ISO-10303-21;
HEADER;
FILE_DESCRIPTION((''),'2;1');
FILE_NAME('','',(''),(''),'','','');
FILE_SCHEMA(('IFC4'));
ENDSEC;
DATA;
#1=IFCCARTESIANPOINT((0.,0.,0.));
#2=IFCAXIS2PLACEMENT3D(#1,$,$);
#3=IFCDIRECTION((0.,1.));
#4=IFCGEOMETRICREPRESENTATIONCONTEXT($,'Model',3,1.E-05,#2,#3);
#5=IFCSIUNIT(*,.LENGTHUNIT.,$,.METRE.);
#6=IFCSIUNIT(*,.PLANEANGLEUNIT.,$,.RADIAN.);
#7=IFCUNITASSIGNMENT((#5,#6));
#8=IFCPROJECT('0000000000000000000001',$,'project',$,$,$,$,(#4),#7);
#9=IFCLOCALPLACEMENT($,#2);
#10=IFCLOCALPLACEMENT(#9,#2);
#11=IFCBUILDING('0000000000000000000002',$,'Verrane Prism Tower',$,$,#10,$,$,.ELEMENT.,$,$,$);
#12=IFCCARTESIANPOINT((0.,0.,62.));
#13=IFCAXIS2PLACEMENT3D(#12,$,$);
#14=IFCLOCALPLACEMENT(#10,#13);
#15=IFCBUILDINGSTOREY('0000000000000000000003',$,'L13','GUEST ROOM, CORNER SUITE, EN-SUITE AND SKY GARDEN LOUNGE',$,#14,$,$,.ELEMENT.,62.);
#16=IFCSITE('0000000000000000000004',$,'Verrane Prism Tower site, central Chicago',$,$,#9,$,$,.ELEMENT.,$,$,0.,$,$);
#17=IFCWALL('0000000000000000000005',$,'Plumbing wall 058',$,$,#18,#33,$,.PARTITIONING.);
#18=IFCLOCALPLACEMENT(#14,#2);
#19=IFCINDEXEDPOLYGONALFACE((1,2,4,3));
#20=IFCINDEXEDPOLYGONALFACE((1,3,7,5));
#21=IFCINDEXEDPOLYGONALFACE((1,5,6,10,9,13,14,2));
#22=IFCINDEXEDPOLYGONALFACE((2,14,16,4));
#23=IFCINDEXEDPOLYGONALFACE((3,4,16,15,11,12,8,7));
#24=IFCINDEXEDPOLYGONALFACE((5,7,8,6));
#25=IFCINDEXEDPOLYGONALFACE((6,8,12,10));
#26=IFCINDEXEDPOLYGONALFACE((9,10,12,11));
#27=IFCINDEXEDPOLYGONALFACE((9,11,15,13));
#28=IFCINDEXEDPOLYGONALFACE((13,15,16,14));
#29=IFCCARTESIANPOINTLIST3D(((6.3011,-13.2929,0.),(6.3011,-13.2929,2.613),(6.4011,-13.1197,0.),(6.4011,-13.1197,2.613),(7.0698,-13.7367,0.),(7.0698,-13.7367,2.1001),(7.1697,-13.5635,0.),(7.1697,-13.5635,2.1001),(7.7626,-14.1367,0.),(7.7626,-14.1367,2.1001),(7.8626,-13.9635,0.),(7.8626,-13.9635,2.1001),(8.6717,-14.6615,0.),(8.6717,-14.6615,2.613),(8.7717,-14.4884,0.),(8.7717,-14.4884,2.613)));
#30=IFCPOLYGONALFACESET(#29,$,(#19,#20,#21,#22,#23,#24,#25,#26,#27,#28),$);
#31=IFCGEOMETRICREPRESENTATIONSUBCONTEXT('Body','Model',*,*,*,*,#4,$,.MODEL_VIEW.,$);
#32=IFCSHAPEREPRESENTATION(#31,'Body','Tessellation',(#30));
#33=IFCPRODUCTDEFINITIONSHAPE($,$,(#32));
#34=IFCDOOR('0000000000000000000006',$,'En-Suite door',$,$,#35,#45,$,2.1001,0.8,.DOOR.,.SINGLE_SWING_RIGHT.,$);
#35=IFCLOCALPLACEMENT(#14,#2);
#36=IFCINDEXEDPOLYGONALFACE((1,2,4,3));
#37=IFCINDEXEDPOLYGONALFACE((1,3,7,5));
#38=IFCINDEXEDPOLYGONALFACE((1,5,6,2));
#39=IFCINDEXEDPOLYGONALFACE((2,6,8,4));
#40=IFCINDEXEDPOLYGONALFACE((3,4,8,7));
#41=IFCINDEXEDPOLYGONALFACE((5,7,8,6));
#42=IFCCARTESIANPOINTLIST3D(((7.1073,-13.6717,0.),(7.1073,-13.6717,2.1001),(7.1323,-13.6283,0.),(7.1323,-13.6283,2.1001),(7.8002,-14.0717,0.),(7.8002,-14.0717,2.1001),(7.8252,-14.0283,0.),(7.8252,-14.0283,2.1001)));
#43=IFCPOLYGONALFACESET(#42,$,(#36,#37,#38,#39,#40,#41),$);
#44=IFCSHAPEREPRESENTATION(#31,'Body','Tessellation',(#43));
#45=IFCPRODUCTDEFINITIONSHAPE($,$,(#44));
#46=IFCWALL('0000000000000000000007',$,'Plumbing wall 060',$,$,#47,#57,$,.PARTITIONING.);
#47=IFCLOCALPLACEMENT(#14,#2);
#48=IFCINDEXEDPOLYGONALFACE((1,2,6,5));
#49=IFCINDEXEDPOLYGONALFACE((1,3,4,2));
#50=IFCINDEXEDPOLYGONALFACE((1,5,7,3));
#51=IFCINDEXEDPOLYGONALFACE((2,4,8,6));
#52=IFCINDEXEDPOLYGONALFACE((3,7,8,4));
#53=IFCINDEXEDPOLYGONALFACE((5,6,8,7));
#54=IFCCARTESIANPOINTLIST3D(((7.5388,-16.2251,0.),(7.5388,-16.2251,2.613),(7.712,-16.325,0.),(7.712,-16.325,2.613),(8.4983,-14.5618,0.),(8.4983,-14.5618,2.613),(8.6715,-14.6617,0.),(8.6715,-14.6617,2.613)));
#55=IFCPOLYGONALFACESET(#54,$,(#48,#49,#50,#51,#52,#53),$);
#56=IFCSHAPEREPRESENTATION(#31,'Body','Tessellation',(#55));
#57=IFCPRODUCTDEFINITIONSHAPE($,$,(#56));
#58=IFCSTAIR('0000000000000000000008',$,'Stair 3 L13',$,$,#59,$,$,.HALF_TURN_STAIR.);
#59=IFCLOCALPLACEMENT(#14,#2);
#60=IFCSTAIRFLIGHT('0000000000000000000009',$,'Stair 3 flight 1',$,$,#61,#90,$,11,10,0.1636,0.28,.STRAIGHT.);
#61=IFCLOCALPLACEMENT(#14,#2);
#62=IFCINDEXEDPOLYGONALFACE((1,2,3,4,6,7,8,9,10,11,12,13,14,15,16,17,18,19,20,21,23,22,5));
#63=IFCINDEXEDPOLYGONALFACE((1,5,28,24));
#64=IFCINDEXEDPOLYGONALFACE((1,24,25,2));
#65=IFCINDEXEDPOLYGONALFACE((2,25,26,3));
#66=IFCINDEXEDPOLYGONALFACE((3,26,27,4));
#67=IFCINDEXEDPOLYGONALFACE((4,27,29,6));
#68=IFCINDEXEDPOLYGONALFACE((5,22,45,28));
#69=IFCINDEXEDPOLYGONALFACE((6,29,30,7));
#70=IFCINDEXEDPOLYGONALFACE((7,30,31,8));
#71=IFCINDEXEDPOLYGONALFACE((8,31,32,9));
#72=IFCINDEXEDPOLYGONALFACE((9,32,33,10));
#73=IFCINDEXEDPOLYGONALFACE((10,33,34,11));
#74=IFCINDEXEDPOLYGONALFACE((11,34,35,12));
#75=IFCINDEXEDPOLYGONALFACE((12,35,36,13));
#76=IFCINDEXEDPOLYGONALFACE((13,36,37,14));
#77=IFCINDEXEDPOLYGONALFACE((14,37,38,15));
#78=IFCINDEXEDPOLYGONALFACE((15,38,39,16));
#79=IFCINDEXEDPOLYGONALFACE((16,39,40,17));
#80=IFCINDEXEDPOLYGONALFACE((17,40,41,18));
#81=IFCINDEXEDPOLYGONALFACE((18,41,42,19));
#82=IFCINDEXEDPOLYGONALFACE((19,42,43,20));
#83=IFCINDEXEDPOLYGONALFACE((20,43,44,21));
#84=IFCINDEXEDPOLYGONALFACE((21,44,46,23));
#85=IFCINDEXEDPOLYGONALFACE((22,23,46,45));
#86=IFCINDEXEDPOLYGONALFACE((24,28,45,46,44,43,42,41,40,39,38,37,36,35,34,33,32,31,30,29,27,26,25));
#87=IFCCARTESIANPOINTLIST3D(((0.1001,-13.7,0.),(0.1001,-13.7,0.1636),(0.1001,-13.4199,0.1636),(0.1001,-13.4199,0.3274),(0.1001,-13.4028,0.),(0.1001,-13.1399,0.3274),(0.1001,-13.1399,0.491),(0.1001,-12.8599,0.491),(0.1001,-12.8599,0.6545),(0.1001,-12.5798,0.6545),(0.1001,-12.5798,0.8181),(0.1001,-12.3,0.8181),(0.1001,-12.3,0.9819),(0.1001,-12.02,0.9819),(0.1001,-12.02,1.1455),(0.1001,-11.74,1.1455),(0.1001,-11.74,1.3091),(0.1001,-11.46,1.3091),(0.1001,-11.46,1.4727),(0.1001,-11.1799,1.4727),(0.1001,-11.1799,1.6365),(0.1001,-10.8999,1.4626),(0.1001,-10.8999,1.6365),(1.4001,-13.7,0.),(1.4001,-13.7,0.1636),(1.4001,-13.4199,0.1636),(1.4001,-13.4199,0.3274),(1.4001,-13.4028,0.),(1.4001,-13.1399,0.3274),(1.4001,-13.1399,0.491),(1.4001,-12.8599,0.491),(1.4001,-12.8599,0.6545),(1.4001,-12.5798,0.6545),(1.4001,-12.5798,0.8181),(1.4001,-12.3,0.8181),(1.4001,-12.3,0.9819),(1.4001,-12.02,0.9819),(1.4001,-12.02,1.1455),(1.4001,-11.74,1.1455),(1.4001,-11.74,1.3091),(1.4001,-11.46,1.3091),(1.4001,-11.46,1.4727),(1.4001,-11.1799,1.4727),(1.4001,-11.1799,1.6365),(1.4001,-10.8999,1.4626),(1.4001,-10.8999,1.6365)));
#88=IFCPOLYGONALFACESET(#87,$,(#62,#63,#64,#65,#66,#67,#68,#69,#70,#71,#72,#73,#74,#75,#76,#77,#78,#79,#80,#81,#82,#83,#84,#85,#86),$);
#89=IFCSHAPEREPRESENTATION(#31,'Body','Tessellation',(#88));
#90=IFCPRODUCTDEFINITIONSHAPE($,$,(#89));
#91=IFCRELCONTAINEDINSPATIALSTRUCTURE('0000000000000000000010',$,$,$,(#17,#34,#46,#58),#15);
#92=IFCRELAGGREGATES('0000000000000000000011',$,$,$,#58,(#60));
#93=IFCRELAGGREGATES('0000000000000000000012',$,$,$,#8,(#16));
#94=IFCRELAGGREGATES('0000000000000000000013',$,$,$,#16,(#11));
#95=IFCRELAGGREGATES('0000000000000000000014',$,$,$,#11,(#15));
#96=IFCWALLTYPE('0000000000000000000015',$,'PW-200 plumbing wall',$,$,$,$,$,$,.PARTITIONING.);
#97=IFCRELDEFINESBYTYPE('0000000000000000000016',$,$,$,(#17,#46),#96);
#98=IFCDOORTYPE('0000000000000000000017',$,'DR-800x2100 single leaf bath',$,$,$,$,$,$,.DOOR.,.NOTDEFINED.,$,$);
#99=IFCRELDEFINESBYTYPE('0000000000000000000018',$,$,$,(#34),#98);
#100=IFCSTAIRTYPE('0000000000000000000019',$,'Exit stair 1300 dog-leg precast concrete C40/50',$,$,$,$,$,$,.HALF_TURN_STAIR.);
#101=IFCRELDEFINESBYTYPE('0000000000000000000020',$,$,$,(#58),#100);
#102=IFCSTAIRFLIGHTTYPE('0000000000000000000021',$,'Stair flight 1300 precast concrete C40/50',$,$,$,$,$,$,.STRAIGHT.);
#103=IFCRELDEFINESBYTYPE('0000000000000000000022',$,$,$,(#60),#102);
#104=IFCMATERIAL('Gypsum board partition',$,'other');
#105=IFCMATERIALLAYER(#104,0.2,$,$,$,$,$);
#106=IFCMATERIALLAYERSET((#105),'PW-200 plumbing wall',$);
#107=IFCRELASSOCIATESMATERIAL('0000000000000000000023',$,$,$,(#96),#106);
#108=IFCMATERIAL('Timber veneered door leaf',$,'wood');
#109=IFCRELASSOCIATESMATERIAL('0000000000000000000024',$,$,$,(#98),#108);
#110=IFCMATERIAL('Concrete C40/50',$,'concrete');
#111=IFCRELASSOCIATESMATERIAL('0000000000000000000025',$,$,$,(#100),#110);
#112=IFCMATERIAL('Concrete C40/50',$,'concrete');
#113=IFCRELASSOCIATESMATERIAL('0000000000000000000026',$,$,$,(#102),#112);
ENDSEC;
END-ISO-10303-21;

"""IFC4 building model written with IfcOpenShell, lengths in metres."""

from ifc_helpers import new_model, si_unit, direction, frame, frame_2d, origin, place, context, subcontext, project, spatial, polyline, rectangle, outline, extrude, material, layer, layer_set, type_object, element, fill, aggregate, save


model = new_model("IFC4")

# Units and contexts
model_context = context("Model", 3, precision=1e-05, world=origin(), true_north=direction((0.0, 1.0)))
body_context = subcontext(model_context, "Body", "Model", "MODEL_VIEW")
ifc_project = project(units=[si_unit("LENGTHUNIT", "METRE"), si_unit("PLANEANGLEUNIT", "RADIAN")], contexts=[model_context])

# Site, building, storey
site_placement = place(None, origin())
site = spatial("IfcSite", under=ifc_project, at=site_placement, Name="Verrane Prism Tower site, central Chicago", CompositionType="ELEMENT", RefElevation=0.0)
building_placement = place(site_placement, origin())
building = spatial("IfcBuilding", under=site, at=building_placement, Name="Verrane Prism Tower", CompositionType="ELEMENT")
storey_placement = place(building_placement, frame((0.0, 0.0, 62.0)))
storey = spatial("IfcBuildingStorey", under=building, at=storey_placement, Name="L13", Description="GUEST ROOM, CORNER SUITE, EN-SUITE AND SKY GARDEN LOUNGE", CompositionType="ELEMENT", Elevation=62.0)

# Wall, opening, door
ifc_material_1 = material(Name="Gypsum board partition", Category="other")
ifc_layer_1 = layer(ifc_material_1, 0.2)
ifc_layer_set_1 = layer_set([ifc_layer_1], Name="PW-200 plumbing wall")
wall_type_1 = type_object("IfcWallType", Name="PW-200 plumbing wall", PredefinedType="PARTITIONING", material=ifc_layer_set_1)
ifc_material_2 = material(Name="Timber veneered door leaf", Category="wood")
door_type_1 = type_object("IfcDoorType", Name="DR-800x2100 single leaf bath", OperationType="NOTDEFINED", PredefinedType="DOOR", material=ifc_material_2)
wall_1_placement = place(storey_placement, frame((8.7217, -14.575, 0.0), z_axis=(0.0, 0.0, 1.0), x_axis=(-0.866028, 0.499995, 0.0)))
wall_1 = element("IfcWall", 1, at=wall_1_placement, inside=storey, type_object=wall_type_1, Name="Plumbing wall 058", PredefinedType="PARTITIONING", context=body_context, shape_type="SweptSolid", body=[
    extrude(rectangle(XDim=2.7373, YDim=0.2, at=frame_2d((1.3687, 0.0))), origin(), (0.0, 0.0, 1.0), 2.613),
])
opening_1_placement = place(wall_1_placement, frame((1.0498, 0.0, 0.0)))
opening_1 = element("IfcOpeningElement", 2, at=opening_1_placement, cuts=wall_1, PredefinedType="OPENING", context=body_context, shape_type="SweptSolid", body=[
    extrude(rectangle(XDim=0.8, YDim=2.1001, at=frame_2d((0.3999, 1.05))), frame((0.0, 0.1099, 0.0), z_axis=(0.0, -1.0, 0.0), x_axis=(1.0, 0.0, 0.0)), (0.0, 0.0, 1.0), 0.22),
])
door_1_placement = place(opening_1_placement, origin())
door_1 = element("IfcDoor", 3, at=door_1_placement, inside=storey, type_object=door_type_1, Name="En-Suite door", OperationType="SINGLE_SWING_RIGHT", OverallHeight=2.1001, OverallWidth=0.8, PredefinedType="DOOR", context=body_context, shape_type="SweptSolid", body=[
    extrude(rectangle(XDim=0.8, YDim=2.1001, at=frame_2d((0.3999, 1.05))), frame((0.0, 0.0249, 0.0), z_axis=(0.0, -1.0, 0.0), x_axis=(1.0, 0.0, 0.0)), (0.0, 0.0, 1.0), 0.05),
])
fill(opening_1, door_1)

# Wall
wall_2_placement = place(storey_placement, frame((7.6255, -16.2749, 0.0), z_axis=(0.0, 0.0, 1.0), x_axis=(0.499667, 0.866217, 0.0)))
element("IfcWall", 4, at=wall_2_placement, inside=storey, type_object=wall_type_1, Name="Plumbing wall 060", PredefinedType="PARTITIONING", context=body_context, shape_type="SweptSolid", body=[
    extrude(rectangle(XDim=1.9202, YDim=0.2, at=frame_2d((0.96, 0.0))), origin(), (0.0, 0.0, 1.0), 2.613),
])

# Stair, stair flight
ifc_material_3 = material(Name="Concrete C40/50", Category="concrete")
stair_type = type_object("IfcStairType", Name="Exit stair 1300 dog-leg precast concrete C40/50", PredefinedType="HALF_TURN_STAIR", material=ifc_material_3)
stair_placement = place(storey_placement, origin())
stair = element("IfcStair", 5, at=stair_placement, inside=storey, type_object=stair_type, Name="Stair 3 L13", PredefinedType="HALF_TURN_STAIR")
ifc_material_4 = material(Name="Concrete C40/50", Category="concrete")
stair_flight_type = type_object("IfcStairFlightType", Name="Stair flight 1300 precast concrete C40/50", PredefinedType="STRAIGHT", material=ifc_material_4)
stair_flight_placement = place(storey_placement, frame((0.75, -13.7, 0.0), z_axis=(0.0, 0.0, 1.0), x_axis=(0.0, 1.0, 0.0)))
stair_flight = element("IfcStairFlight", 6, at=stair_flight_placement, type_object=stair_flight_type, Name="Stair 3 flight 1", NumberOfRisers=11, NumberOfTreads=10, PredefinedType="STRAIGHT", RiserHeight=0.1636, TreadLength=0.28, context=body_context, shape_type="SweptSolid", body=[
    extrude(outline(polyline([(0.0, 0.0), (0.0, 0.1636), (0.28, 0.1636), (0.28, 0.3274), (0.5601, 0.3274), (0.5601, 0.491), (0.8401, 0.491), (0.8401, 0.6545), (1.1201, 0.6545), (1.1201, 0.8181), (1.3999, 0.8181), (1.3999, 0.9819), (1.6799, 0.9819), (1.6799, 1.1455), (1.96, 1.1455), (1.96, 1.3091), (2.24, 1.3091), (2.24, 1.4727), (2.52, 1.4727), (2.52, 1.6365), (2.8, 1.6365), (2.8, 1.8), (2.8, 1.4626), (0.2971, 0.0), (0.0, 0.0)])), frame((0.0, 0.6499, 0.0), z_axis=(0.0, -1.0, 0.0), x_axis=(1.0, 0.0, 0.0)), (0.0, 0.0, 1.0), 1.3),
])
aggregate(stair, [stair_flight])

save(model, "model.ifc")
